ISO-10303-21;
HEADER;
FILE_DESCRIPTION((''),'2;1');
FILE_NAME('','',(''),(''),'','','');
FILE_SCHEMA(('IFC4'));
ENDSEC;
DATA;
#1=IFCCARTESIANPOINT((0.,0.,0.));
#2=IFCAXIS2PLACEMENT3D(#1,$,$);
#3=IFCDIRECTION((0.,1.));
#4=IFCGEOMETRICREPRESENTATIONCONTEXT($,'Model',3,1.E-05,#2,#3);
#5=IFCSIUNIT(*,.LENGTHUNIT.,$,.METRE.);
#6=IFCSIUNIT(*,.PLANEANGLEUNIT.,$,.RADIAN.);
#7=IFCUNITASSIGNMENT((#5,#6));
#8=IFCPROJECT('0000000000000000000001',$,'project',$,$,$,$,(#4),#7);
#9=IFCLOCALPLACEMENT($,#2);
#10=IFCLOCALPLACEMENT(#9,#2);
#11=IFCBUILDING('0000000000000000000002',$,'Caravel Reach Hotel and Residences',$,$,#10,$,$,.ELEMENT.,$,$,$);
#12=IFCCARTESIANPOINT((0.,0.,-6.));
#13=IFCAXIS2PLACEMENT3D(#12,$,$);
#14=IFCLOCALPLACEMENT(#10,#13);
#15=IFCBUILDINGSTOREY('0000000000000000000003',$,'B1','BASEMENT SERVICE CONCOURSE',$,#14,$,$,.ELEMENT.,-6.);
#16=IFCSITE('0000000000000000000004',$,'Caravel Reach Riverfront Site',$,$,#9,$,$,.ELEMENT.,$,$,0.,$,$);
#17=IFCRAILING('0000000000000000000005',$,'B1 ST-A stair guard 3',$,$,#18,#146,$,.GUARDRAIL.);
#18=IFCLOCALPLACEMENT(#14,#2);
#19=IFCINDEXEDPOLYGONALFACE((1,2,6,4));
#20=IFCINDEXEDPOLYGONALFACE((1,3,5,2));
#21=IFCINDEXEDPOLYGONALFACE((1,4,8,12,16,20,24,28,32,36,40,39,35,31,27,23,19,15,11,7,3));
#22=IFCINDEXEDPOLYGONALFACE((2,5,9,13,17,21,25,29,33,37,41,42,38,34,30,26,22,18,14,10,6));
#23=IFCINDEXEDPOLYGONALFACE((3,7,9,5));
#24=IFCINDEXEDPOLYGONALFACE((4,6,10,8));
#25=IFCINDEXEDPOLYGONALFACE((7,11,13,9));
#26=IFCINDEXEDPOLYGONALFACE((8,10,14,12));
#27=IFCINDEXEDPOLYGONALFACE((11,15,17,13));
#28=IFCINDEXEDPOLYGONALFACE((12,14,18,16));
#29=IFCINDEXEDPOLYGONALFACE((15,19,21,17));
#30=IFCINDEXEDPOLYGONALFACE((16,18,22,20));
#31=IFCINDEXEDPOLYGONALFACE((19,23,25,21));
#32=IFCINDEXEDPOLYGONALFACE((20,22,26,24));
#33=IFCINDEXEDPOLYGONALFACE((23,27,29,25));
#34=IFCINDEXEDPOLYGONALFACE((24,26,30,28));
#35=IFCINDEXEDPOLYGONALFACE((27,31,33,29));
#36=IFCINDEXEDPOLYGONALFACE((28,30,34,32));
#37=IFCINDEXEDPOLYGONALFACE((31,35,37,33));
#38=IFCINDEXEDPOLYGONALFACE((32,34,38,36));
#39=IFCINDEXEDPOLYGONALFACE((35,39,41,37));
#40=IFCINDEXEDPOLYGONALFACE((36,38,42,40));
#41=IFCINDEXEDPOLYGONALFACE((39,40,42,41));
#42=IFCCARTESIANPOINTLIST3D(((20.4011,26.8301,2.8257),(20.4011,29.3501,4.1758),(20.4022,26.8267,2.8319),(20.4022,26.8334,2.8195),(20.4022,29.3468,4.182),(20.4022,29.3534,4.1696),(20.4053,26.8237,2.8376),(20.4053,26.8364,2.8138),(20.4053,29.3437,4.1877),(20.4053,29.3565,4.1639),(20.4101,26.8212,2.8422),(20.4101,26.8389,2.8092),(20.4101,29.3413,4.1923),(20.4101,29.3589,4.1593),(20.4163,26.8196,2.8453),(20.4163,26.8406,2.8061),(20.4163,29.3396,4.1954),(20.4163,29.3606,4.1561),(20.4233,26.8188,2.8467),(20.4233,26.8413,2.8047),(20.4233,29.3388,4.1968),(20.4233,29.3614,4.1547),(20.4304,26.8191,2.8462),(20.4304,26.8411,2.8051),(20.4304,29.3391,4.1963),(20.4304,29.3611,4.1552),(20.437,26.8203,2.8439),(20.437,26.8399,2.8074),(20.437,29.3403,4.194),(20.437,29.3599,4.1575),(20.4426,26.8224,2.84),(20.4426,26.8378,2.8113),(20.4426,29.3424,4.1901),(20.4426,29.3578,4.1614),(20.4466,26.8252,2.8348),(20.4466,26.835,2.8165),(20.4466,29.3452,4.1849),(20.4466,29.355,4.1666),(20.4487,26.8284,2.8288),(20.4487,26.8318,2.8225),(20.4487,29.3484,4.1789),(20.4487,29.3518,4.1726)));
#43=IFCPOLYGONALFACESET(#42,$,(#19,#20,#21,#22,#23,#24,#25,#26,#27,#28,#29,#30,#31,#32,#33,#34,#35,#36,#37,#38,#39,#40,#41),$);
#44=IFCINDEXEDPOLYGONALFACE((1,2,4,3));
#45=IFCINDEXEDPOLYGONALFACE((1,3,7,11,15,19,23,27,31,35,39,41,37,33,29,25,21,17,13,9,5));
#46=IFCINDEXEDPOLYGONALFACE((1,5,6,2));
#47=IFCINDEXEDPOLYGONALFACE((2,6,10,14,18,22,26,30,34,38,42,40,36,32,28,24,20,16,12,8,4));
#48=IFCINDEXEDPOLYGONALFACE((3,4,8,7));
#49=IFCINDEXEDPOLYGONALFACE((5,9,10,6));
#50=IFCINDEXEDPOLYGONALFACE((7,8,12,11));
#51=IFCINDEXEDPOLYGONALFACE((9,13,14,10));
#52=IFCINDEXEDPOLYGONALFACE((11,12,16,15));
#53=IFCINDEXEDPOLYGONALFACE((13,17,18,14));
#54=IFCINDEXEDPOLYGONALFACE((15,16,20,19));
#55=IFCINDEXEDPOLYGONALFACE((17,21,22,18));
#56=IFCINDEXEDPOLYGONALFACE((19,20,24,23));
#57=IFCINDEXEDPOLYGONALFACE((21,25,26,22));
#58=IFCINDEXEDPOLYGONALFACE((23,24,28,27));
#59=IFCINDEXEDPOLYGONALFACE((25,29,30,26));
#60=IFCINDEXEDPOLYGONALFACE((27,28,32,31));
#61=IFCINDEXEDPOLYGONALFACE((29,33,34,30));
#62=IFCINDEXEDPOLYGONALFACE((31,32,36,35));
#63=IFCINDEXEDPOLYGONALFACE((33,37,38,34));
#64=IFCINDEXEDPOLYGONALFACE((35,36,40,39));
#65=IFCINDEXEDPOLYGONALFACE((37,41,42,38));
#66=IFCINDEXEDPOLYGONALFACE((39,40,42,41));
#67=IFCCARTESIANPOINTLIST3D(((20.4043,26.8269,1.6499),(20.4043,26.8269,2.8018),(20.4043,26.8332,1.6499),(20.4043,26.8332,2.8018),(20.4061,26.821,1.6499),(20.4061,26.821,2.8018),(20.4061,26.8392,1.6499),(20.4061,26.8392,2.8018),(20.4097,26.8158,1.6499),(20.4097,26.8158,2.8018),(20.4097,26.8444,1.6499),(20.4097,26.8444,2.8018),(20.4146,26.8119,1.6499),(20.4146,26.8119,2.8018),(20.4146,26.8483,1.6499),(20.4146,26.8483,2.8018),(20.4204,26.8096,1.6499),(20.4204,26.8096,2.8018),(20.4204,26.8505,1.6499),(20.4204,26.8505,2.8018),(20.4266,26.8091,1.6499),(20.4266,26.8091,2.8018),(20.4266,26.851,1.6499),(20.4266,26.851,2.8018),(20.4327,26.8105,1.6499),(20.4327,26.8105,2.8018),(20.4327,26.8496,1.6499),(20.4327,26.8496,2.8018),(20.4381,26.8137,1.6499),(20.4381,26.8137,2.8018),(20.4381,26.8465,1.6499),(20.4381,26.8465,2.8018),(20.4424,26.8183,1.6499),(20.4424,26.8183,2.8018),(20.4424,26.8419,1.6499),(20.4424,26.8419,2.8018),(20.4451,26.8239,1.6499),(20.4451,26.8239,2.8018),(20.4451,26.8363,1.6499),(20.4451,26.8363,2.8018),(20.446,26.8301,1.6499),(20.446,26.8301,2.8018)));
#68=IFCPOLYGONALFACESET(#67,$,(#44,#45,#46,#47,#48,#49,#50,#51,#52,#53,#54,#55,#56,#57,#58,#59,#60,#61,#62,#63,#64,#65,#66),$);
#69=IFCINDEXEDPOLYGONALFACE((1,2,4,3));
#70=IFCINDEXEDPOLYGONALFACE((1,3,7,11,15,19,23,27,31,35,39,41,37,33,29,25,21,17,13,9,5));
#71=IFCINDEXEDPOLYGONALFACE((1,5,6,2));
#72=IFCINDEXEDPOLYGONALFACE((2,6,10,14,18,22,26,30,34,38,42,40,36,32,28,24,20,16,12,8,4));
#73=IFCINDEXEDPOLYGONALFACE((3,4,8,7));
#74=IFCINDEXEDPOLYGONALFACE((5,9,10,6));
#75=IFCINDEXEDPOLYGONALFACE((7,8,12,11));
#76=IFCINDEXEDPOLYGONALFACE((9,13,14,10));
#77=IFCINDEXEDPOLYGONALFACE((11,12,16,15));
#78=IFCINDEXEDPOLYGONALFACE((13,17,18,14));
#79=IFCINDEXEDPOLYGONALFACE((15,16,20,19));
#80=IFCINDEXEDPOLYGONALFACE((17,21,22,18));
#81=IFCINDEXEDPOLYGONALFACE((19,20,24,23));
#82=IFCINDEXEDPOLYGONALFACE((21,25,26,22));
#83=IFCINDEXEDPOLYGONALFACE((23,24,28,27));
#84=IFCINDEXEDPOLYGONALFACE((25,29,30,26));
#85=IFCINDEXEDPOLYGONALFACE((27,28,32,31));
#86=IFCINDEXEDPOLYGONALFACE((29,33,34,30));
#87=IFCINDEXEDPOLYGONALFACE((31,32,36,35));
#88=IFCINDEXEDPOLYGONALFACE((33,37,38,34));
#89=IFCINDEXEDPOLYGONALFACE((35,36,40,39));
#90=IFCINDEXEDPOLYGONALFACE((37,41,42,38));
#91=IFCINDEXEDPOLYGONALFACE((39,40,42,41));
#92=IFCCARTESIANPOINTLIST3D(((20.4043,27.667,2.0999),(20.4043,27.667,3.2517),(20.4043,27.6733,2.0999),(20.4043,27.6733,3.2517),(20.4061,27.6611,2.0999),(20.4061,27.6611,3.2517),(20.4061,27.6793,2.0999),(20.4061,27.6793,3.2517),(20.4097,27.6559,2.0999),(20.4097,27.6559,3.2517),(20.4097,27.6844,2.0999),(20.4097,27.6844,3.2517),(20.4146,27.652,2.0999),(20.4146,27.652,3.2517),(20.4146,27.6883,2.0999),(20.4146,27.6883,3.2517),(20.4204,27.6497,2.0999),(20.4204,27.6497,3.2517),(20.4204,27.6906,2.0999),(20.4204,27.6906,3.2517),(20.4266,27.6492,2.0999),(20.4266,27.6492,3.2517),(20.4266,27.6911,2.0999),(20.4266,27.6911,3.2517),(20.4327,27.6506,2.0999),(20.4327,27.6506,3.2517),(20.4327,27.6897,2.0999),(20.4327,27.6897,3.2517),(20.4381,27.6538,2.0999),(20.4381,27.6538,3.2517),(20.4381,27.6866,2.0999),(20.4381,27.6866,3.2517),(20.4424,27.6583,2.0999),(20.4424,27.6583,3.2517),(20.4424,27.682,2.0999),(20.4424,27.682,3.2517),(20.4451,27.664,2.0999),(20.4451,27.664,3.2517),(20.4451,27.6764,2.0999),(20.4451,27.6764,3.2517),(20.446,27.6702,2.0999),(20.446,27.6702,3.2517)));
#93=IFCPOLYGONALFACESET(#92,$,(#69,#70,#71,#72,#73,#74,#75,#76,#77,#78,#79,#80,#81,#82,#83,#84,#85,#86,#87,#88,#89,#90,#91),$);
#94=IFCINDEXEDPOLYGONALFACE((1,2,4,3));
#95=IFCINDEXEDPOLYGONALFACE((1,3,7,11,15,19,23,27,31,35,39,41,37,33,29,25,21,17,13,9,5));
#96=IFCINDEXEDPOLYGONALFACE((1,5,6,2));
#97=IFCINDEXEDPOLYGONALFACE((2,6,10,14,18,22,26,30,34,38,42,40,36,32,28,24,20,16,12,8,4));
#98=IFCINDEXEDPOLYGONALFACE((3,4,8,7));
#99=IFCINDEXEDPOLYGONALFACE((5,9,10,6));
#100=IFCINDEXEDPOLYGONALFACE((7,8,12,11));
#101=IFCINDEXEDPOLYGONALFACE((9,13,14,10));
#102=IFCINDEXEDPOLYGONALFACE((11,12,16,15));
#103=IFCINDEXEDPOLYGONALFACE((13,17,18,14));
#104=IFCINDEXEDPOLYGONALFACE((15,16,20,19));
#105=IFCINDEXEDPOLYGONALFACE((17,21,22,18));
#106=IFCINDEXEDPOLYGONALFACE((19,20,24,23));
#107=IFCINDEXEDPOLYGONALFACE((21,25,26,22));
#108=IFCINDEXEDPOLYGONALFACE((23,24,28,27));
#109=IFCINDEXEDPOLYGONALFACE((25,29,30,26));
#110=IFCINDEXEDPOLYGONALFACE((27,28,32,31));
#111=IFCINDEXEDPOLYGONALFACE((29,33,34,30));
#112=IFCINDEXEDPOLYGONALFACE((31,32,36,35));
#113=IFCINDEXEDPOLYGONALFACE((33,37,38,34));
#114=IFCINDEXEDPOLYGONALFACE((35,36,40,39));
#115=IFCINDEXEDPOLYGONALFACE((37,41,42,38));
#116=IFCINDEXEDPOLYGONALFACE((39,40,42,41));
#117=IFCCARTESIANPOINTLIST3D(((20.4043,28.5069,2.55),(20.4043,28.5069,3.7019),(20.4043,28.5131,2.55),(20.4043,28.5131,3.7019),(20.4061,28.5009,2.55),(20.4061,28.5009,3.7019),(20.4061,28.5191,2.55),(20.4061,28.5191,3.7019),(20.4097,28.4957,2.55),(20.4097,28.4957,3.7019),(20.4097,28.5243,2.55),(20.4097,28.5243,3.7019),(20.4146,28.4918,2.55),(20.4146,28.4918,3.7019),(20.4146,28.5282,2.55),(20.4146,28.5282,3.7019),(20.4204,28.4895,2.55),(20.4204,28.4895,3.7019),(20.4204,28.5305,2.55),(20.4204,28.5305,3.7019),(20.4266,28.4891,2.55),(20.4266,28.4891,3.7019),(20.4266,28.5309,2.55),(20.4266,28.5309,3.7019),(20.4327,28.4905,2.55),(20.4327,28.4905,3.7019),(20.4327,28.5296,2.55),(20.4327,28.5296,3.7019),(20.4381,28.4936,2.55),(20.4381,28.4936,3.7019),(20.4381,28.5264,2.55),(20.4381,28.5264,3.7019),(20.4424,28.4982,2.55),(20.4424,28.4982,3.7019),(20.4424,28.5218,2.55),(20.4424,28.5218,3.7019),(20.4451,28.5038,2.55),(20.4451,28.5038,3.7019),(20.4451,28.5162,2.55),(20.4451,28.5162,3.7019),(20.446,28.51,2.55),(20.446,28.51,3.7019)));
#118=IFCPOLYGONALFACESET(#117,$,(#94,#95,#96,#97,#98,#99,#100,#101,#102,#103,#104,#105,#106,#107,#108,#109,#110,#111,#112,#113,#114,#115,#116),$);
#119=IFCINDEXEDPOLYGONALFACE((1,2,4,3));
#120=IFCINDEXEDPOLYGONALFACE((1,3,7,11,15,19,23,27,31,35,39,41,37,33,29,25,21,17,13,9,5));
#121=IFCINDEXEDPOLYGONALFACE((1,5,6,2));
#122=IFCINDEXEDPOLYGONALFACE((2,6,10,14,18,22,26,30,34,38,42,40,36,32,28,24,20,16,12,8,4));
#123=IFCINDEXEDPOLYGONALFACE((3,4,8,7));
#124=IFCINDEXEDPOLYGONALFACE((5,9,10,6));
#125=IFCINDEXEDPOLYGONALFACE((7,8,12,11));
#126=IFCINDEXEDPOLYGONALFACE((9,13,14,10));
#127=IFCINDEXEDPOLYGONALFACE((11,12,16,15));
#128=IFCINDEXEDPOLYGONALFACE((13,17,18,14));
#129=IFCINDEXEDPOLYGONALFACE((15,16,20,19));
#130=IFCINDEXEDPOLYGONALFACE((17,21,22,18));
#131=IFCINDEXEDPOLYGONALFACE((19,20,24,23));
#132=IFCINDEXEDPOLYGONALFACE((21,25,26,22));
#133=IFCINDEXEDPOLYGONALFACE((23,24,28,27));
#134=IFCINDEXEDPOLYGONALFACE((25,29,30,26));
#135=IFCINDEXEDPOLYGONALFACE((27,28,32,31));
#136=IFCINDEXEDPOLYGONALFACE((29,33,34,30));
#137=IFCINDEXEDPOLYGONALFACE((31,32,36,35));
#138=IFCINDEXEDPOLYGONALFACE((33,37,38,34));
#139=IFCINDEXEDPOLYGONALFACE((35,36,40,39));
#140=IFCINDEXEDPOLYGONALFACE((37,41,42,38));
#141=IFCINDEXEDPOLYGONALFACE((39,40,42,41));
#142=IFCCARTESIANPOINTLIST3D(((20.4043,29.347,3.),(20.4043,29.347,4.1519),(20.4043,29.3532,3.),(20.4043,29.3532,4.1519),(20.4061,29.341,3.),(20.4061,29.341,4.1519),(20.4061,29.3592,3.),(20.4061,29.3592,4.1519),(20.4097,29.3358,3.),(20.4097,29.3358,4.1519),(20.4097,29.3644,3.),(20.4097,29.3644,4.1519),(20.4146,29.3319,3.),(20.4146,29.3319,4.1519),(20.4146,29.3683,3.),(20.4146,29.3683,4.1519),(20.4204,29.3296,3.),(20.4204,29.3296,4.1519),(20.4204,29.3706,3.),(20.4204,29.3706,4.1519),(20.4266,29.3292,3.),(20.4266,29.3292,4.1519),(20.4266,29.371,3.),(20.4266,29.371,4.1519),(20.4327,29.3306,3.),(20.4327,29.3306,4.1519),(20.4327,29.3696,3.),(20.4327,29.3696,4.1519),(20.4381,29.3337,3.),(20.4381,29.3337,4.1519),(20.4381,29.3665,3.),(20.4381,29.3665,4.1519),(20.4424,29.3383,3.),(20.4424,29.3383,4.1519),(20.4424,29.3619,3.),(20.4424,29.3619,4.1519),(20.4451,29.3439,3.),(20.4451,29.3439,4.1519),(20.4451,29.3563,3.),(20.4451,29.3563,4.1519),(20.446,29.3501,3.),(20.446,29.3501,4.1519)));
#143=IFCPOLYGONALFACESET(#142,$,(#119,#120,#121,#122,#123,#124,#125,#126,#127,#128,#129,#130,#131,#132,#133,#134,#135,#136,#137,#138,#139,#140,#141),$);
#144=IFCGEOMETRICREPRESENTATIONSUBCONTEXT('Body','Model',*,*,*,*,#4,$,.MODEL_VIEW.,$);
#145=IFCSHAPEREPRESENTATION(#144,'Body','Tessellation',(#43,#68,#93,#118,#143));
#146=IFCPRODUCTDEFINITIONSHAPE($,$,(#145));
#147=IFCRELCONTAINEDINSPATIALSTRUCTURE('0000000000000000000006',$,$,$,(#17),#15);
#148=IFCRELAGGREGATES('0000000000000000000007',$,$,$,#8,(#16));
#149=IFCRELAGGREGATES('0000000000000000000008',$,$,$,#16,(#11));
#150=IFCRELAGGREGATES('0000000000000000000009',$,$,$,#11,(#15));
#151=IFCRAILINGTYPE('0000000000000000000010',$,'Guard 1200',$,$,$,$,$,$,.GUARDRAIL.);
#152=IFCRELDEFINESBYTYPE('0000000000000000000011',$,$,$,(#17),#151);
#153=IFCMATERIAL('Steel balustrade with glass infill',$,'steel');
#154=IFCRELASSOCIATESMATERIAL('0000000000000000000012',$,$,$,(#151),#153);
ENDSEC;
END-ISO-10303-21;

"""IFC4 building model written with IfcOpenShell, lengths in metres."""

from ifc_helpers import new_model, si_unit, direction, frame, origin, origin_2d, place, context, subcontext, project, spatial, circle, extrude, material, type_object, element, save


model = new_model("IFC4")

# Units and contexts
model_context = context("Model", 3, precision=1e-05, world=origin(), true_north=direction((0.0, 1.0)))
body_context = subcontext(model_context, "Body", "Model", "MODEL_VIEW")
ifc_project = project(units=[si_unit("LENGTHUNIT", "METRE"), si_unit("PLANEANGLEUNIT", "RADIAN")], contexts=[model_context])

# Site, building, storey
site_placement = place(None, origin())
site = spatial("IfcSite", under=ifc_project, at=site_placement, Name="Caravel Reach Riverfront Site", CompositionType="ELEMENT", RefElevation=0.0)
building_placement = place(site_placement, origin())
building = spatial("IfcBuilding", under=site, at=building_placement, Name="Caravel Reach Hotel and Residences", CompositionType="ELEMENT")
storey_placement = place(building_placement, frame((0.0, 0.0, -6.0)))
storey = spatial("IfcBuildingStorey", under=building, at=storey_placement, Name="B1", Description="BASEMENT SERVICE CONCOURSE", CompositionType="ELEMENT", Elevation=-6.0)

# Railing
ifc_material_1 = material(Name="Steel balustrade with glass infill", Category="steel")
railing_type_1 = type_object("IfcRailingType", Name="Guard 1200", PredefinedType="GUARDRAIL", material=ifc_material_1)
railing_1_placement = place(storey_placement, frame((20.425, 26.8301, 1.6499)))
element("IfcRailing", 1, at=railing_1_placement, inside=storey, type_object=railing_type_1, Name="B1 ST-A stair guard 3", PredefinedType="GUARDRAIL", context=body_context, shape_type="SweptSolid", body=[
    extrude(circle(Radius=0.0239, at=origin_2d()), frame((0.0, 0.0, 1.1758), z_axis=(0.0, 0.881467, 0.472245), x_axis=(-1.0, 0.0, 0.0)), (0.0, 0.0, 1.0), 2.8589),
    extrude(circle(Radius=0.021, at=origin_2d()), origin(), (0.0, 0.0, 1.0), 1.1519),
    extrude(circle(Radius=0.021, at=origin_2d()), frame((0.0, 0.8401, 0.45)), (0.0, 0.0, 1.0), 1.1519),
    extrude(circle(Radius=0.021, at=origin_2d()), frame((0.0, 1.6799, 0.9001)), (0.0, 0.0, 1.0), 1.1519),
    extrude(circle(Radius=0.021, at=origin_2d()), frame((0.0, 2.52, 1.3501)), (0.0, 0.0, 1.0), 1.1519),
])

save(model, "model.ifc")
